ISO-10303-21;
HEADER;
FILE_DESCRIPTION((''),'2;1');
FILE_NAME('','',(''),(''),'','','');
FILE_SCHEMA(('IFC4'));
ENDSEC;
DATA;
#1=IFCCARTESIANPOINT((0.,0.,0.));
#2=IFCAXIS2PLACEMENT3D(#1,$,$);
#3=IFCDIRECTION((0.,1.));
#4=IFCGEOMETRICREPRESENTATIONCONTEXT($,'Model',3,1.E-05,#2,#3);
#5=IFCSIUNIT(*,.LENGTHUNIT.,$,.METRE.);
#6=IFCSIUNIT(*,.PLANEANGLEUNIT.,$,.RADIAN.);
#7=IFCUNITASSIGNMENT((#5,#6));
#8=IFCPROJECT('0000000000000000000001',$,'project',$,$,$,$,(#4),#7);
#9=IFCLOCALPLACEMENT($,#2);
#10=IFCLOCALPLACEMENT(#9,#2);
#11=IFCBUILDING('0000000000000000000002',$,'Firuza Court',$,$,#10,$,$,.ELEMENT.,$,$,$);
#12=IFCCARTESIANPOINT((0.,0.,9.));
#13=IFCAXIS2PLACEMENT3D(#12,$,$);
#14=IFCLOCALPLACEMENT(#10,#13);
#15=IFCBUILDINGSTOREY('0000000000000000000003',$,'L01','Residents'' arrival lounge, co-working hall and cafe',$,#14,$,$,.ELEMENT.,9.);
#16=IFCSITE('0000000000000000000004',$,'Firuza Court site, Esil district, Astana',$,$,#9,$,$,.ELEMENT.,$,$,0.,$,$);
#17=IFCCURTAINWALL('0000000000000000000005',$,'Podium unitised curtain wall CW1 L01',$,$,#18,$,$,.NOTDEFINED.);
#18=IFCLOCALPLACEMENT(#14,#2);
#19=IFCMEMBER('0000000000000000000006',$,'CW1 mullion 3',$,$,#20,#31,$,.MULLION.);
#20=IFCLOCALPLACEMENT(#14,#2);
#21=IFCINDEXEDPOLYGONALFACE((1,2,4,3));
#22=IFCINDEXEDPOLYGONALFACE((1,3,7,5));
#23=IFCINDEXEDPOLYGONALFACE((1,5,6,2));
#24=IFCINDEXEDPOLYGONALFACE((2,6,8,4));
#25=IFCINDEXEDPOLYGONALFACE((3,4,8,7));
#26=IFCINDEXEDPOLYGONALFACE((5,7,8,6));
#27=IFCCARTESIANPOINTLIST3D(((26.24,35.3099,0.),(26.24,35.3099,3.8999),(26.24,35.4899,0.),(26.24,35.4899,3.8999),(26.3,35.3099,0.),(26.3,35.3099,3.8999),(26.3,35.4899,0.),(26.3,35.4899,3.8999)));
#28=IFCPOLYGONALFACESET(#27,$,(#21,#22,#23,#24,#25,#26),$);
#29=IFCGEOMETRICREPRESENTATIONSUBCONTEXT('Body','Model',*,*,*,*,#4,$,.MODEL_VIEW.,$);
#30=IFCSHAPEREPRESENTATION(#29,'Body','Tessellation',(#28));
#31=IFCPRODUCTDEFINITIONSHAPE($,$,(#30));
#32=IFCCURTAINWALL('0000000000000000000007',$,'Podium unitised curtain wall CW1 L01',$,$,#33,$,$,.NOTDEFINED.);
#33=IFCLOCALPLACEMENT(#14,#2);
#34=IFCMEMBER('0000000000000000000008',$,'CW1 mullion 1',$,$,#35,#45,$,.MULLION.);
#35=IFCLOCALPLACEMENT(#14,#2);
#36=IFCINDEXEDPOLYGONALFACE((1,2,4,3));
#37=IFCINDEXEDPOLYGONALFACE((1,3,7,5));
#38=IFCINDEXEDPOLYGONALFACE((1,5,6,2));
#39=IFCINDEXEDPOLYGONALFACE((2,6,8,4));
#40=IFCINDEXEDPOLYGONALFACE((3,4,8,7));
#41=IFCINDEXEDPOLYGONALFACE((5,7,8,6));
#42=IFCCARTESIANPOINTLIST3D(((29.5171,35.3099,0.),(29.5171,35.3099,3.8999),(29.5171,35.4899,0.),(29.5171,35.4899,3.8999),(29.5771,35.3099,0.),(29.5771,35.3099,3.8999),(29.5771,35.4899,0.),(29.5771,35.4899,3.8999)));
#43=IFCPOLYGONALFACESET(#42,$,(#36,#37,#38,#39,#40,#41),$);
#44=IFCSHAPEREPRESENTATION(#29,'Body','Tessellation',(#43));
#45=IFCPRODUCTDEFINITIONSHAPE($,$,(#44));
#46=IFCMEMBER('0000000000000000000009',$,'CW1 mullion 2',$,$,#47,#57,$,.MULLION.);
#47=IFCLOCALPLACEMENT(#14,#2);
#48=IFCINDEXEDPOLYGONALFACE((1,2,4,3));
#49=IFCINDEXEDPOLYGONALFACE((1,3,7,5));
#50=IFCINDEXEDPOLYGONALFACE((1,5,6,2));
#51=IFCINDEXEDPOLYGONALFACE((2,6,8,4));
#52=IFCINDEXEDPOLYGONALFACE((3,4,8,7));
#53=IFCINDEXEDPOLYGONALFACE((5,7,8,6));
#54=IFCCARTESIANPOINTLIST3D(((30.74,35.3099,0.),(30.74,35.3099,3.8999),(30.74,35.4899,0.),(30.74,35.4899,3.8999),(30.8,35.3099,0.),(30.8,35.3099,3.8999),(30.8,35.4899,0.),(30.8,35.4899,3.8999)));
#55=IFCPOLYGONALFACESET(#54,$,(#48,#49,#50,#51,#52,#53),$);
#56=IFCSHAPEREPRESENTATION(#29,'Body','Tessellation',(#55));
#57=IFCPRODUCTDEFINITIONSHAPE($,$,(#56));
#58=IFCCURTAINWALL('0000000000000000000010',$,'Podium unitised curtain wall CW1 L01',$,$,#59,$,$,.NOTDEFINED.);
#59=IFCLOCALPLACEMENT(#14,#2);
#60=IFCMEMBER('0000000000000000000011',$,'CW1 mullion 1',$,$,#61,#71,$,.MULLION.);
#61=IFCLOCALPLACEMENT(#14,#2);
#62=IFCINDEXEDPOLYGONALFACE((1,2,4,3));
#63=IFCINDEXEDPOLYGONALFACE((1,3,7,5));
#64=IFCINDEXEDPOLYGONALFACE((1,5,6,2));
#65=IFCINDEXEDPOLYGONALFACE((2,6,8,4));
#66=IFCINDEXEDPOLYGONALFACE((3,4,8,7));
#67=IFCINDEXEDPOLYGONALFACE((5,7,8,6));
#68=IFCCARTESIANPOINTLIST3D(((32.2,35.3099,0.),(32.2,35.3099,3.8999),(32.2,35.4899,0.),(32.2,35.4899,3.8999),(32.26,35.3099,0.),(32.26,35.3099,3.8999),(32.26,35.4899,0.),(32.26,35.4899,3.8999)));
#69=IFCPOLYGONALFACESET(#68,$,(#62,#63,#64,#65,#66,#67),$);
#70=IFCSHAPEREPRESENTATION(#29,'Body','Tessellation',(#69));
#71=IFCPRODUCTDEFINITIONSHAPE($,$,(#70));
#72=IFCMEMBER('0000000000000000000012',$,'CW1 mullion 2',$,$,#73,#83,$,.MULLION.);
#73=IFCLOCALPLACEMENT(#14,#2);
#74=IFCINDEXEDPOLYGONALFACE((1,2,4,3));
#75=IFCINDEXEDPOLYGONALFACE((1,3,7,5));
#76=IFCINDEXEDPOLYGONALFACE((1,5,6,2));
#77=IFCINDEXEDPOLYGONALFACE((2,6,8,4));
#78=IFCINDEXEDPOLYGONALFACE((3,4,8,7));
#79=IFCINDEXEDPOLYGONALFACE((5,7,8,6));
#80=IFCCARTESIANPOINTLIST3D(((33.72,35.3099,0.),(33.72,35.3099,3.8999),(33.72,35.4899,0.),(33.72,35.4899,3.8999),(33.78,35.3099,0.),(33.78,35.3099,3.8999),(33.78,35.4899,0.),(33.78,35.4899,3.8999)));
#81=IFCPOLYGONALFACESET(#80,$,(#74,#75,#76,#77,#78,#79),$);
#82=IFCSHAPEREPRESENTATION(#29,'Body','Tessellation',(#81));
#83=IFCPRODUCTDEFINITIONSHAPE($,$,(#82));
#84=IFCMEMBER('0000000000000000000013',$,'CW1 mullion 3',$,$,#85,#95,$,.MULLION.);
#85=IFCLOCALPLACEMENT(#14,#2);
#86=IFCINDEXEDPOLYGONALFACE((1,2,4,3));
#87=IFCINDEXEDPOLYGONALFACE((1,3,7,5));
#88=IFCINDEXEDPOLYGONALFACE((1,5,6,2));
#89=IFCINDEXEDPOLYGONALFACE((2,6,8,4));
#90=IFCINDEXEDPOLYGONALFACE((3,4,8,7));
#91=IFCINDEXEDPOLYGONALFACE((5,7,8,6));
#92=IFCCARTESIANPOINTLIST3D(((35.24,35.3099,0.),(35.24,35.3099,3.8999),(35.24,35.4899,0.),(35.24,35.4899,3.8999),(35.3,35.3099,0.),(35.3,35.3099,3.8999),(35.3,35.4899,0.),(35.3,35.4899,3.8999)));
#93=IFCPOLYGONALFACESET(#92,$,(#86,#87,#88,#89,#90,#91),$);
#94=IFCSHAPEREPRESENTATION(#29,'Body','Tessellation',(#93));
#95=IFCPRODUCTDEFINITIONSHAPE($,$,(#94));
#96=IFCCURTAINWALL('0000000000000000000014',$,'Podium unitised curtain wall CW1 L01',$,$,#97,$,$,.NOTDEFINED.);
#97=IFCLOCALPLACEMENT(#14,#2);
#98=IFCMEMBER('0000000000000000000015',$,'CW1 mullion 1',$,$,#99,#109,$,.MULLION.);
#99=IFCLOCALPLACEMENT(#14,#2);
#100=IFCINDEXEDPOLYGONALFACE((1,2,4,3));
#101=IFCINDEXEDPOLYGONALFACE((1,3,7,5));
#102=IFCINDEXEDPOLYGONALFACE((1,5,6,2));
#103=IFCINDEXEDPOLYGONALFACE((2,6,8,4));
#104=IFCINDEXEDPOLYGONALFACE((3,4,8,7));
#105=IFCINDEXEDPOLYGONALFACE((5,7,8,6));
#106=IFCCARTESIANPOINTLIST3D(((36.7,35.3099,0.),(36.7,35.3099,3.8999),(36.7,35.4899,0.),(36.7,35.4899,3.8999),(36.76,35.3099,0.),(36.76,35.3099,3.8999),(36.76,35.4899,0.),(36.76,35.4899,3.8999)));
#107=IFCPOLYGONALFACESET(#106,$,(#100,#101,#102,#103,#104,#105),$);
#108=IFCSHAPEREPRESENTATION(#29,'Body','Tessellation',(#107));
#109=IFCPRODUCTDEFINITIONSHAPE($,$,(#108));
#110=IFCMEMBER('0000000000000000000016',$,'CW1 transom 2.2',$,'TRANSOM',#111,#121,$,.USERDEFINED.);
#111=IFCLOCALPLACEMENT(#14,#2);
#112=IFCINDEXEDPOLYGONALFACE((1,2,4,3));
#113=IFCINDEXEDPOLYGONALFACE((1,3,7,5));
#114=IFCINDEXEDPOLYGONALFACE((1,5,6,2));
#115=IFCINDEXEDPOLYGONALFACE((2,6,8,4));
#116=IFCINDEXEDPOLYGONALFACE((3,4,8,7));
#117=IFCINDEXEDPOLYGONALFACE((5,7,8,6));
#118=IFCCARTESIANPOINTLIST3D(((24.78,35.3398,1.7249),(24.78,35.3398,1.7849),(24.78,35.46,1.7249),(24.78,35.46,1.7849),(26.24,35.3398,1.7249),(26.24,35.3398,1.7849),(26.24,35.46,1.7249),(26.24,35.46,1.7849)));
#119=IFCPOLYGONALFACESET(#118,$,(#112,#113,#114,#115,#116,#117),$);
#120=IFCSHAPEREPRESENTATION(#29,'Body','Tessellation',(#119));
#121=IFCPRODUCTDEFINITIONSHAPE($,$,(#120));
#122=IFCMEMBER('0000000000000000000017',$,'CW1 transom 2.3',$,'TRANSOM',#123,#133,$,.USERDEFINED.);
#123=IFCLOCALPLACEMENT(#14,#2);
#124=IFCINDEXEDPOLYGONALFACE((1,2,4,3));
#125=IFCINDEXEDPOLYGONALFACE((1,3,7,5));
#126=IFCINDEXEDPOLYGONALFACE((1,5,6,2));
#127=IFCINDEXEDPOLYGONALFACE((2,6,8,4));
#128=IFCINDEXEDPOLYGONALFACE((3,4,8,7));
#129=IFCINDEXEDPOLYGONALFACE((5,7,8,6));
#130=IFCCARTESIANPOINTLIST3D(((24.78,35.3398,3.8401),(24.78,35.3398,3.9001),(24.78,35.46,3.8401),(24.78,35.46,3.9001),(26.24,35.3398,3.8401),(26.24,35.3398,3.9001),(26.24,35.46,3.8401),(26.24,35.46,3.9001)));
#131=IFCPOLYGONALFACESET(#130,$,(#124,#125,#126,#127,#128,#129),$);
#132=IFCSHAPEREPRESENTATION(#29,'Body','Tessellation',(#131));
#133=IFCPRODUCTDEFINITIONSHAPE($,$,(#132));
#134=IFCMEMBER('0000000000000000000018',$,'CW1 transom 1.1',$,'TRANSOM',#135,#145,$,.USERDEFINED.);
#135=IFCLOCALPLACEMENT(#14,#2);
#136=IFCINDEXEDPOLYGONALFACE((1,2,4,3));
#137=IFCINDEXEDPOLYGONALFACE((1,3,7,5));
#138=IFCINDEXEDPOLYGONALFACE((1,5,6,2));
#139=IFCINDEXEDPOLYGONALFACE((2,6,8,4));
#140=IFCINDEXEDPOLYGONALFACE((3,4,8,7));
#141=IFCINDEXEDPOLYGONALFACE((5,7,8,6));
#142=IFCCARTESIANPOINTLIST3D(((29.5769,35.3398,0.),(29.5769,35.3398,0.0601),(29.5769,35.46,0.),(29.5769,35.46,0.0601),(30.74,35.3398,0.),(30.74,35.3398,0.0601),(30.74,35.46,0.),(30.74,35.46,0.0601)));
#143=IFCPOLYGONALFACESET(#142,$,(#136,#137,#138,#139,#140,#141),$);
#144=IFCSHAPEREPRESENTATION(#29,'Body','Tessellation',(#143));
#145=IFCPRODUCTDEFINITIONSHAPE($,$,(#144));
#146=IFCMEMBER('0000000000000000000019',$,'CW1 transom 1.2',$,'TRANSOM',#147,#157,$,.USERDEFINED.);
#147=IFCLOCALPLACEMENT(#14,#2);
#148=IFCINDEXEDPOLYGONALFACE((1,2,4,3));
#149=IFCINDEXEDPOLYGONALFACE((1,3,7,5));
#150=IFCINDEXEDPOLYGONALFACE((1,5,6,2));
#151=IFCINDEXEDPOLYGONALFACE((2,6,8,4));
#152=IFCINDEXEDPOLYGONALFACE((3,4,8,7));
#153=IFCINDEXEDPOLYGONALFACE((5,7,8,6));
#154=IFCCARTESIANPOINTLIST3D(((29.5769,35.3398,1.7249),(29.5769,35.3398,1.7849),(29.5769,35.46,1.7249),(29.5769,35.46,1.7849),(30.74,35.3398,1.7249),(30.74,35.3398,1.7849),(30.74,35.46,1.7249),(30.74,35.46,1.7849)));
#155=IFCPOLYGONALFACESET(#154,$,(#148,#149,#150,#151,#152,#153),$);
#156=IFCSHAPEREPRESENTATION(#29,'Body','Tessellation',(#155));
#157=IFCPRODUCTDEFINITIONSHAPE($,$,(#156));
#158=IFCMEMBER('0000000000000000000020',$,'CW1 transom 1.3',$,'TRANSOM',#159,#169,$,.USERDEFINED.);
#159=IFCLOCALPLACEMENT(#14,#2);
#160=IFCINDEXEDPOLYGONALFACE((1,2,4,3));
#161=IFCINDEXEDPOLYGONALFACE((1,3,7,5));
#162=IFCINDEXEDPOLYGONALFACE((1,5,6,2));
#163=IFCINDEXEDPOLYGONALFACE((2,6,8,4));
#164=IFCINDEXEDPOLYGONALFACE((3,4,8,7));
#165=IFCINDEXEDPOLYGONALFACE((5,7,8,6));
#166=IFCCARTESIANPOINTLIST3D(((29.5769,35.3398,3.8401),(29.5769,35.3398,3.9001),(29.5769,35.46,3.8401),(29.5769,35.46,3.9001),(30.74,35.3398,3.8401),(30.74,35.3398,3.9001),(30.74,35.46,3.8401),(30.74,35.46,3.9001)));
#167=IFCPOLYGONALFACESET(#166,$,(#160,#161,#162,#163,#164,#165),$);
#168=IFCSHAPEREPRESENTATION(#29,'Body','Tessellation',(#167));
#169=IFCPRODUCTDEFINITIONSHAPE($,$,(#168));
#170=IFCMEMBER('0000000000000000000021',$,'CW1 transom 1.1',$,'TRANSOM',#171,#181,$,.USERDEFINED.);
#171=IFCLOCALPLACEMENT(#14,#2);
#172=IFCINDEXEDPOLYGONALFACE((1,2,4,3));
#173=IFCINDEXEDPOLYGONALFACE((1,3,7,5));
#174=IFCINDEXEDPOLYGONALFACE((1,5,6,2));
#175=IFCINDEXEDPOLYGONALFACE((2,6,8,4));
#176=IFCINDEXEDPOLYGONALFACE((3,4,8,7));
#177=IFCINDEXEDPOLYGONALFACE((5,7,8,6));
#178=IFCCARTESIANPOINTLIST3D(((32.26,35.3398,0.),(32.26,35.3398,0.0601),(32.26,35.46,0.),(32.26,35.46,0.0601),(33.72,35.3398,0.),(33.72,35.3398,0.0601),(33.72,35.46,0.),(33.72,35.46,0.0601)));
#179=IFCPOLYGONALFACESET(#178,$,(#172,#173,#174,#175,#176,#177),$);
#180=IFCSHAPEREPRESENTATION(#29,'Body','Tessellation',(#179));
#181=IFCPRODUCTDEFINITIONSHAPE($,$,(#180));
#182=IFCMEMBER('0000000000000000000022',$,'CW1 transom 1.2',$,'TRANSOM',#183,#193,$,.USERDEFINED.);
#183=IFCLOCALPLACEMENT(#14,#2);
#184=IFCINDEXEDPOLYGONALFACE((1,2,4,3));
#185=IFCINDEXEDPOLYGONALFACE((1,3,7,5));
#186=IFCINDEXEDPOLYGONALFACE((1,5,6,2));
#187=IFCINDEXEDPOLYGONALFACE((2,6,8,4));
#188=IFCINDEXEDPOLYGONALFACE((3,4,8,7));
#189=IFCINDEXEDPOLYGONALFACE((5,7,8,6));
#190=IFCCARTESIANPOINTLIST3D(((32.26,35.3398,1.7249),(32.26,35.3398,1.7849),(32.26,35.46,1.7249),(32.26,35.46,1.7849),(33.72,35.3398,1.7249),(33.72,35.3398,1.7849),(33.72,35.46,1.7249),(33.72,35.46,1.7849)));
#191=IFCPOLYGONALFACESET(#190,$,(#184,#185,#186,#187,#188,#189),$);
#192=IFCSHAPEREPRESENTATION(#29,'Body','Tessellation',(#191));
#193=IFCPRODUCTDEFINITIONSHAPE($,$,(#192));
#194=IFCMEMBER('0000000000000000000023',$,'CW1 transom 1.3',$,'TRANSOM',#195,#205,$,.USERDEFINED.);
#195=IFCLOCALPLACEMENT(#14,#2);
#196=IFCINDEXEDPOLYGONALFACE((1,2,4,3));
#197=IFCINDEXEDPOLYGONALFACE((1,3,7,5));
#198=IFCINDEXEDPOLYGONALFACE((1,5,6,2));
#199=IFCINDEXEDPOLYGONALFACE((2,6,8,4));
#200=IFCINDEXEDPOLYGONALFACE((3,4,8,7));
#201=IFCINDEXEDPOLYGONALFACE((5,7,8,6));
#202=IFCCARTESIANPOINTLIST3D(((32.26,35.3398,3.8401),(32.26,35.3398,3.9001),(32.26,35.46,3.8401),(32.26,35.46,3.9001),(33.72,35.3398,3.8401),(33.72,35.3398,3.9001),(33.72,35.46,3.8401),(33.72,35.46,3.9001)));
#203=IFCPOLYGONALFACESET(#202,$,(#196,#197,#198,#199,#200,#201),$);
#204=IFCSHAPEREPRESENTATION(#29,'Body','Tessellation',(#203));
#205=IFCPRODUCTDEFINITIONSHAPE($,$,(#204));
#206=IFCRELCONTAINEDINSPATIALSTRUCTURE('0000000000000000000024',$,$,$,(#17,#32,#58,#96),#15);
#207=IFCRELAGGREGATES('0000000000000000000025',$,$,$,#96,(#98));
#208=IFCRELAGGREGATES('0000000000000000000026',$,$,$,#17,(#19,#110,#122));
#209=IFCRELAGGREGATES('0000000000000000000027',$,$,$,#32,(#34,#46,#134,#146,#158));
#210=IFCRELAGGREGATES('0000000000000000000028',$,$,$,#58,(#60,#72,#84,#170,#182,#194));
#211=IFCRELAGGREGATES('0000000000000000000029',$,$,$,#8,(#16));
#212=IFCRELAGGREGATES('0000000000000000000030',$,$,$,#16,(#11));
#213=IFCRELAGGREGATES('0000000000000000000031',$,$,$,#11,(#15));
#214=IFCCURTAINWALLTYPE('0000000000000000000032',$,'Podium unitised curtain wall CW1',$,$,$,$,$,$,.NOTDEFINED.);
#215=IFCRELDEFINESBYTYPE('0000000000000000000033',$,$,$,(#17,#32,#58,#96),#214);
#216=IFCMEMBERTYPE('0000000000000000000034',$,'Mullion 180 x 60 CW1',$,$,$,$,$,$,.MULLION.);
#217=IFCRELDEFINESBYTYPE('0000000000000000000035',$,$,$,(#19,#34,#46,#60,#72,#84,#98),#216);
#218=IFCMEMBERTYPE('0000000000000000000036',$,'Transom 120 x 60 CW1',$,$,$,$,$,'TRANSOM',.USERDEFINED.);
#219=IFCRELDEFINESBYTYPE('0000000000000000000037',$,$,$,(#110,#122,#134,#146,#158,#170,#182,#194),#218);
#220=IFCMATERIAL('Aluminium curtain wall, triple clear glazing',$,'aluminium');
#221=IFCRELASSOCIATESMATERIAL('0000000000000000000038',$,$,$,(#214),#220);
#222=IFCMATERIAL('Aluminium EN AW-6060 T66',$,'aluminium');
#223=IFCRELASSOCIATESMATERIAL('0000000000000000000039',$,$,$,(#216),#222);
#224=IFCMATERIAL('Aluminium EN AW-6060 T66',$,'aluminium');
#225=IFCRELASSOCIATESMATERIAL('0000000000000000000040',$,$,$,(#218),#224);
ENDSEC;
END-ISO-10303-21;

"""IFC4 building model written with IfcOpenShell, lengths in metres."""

from ifc_helpers import new_model, si_unit, direction, frame, origin, origin_2d, place, context, subcontext, project, spatial, rectangle, extrude, material, material_profile, profile_set, type_object, element, aggregate, save


model = new_model("IFC4")

# Units and contexts
model_context = context("Model", 3, precision=1e-05, world=origin(), true_north=direction((0.0, 1.0)))
body_context = subcontext(model_context, "Body", "Model", "MODEL_VIEW")
ifc_project = project(units=[si_unit("LENGTHUNIT", "METRE"), si_unit("PLANEANGLEUNIT", "RADIAN")], contexts=[model_context])

# Site, building, storey
site_placement = place(None, origin())
site = spatial("IfcSite", under=ifc_project, at=site_placement, Name="Firuza Court site, Esil district, Astana", CompositionType="ELEMENT", RefElevation=0.0)
building_placement = place(site_placement, origin())
building = spatial("IfcBuilding", under=site, at=building_placement, Name="Firuza Court", CompositionType="ELEMENT")
storey_placement = place(building_placement, frame((0.0, 0.0, 9.0)))
storey = spatial("IfcBuildingStorey", under=building, at=storey_placement, Name="L01", Description="Residents' arrival lounge, co-working hall and cafe", CompositionType="ELEMENT", Elevation=9.0)

# Curtain wall, member
ifc_material_1 = material(Name="Aluminium curtain wall, triple clear glazing", Category="aluminium")
curtain_wall_type = type_object("IfcCurtainWallType", Name="Podium unitised curtain wall CW1", PredefinedType="NOTDEFINED", material=ifc_material_1)
curtain_wall_1_placement = place(storey_placement, origin())
curtain_wall_1 = element("IfcCurtainWall", 1, at=curtain_wall_1_placement, inside=storey, type_object=curtain_wall_type, Name="Podium unitised curtain wall CW1 L01", PredefinedType="NOTDEFINED")
ifc_material_2 = material(Name="Aluminium EN AW-6060 T66", Category="aluminium")
ifc_material_profile_1 = material_profile(ifc_material_2, rectangle(XDim=0.1799, YDim=0.0601, at=origin_2d()), Name="Mullion 180 x 60 CW1")
ifc_profile_set_1 = profile_set([ifc_material_profile_1], Name="Aluminium EN AW-6060 T66")
member_type_1 = type_object("IfcMemberType", Name="Mullion 180 x 60 CW1", PredefinedType="MULLION", material=ifc_profile_set_1)
member_1_placement = place(storey_placement, frame((26.27, 35.3999, 0.0), z_axis=(0.0, 0.0, 1.0), x_axis=(0.0, 1.0, 0.0)))
member_1 = element("IfcMember", 2, at=member_1_placement, type_object=member_type_1, Name="CW1 mullion 3", PredefinedType="MULLION", context=body_context, shape_type="SweptSolid", body=[
    extrude(rectangle(XDim=0.1799, YDim=0.0601, at=origin_2d()), origin(), (0.0, 0.0, 1.0), 3.8999),
])

# Curtain walls, members
curtain_wall_2_placement = place(storey_placement, origin())
curtain_wall_2 = element("IfcCurtainWall", 3, at=curtain_wall_2_placement, inside=storey, type_object=curtain_wall_type, Name="Podium unitised curtain wall CW1 L01", PredefinedType="NOTDEFINED")
member_2_placement = place(storey_placement, frame((29.5471, 35.3999, 0.0), z_axis=(0.0, 0.0, 1.0), x_axis=(0.0, 1.0, 0.0)))
member_2 = element("IfcMember", 4, at=member_2_placement, type_object=member_type_1, Name="CW1 mullion 1", PredefinedType="MULLION", context=body_context, shape_type="SweptSolid", body=[
    extrude(rectangle(XDim=0.1799, YDim=0.0601, at=origin_2d()), origin(), (0.0, 0.0, 1.0), 3.8999),
])
member_3_placement = place(storey_placement, frame((30.77, 35.3999, 0.0), z_axis=(0.0, 0.0, 1.0), x_axis=(0.0, 1.0, 0.0)))
member_3 = element("IfcMember", 5, at=member_3_placement, type_object=member_type_1, Name="CW1 mullion 2", PredefinedType="MULLION", context=body_context, shape_type="SweptSolid", body=[
    extrude(rectangle(XDim=0.1799, YDim=0.0601, at=origin_2d()), origin(), (0.0, 0.0, 1.0), 3.8999),
])
curtain_wall_3_placement = place(storey_placement, origin())
curtain_wall_3 = element("IfcCurtainWall", 6, at=curtain_wall_3_placement, inside=storey, type_object=curtain_wall_type, Name="Podium unitised curtain wall CW1 L01", PredefinedType="NOTDEFINED")
member_4_placement = place(storey_placement, frame((32.23, 35.3999, 0.0), z_axis=(0.0, 0.0, 1.0), x_axis=(0.0, 1.0, 0.0)))
member_4 = element("IfcMember", 7, at=member_4_placement, type_object=member_type_1, Name="CW1 mullion 1", PredefinedType="MULLION", context=body_context, shape_type="SweptSolid", body=[
    extrude(rectangle(XDim=0.1799, YDim=0.0601, at=origin_2d()), origin(), (0.0, 0.0, 1.0), 3.8999),
])
member_5_placement = place(storey_placement, frame((33.75, 35.3999, 0.0), z_axis=(0.0, 0.0, 1.0), x_axis=(0.0, 1.0, 0.0)))
member_5 = element("IfcMember", 8, at=member_5_placement, type_object=member_type_1, Name="CW1 mullion 2", PredefinedType="MULLION", context=body_context, shape_type="SweptSolid", body=[
    extrude(rectangle(XDim=0.1799, YDim=0.0601, at=origin_2d()), origin(), (0.0, 0.0, 1.0), 3.8999),
])
member_6_placement = place(storey_placement, frame((35.27, 35.3999, 0.0), z_axis=(0.0, 0.0, 1.0), x_axis=(0.0, 1.0, 0.0)))
member_6 = element("IfcMember", 9, at=member_6_placement, type_object=member_type_1, Name="CW1 mullion 3", PredefinedType="MULLION", context=body_context, shape_type="SweptSolid", body=[
    extrude(rectangle(XDim=0.1799, YDim=0.0601, at=origin_2d()), origin(), (0.0, 0.0, 1.0), 3.8999),
])

# Curtain wall, member
curtain_wall_4_placement = place(storey_placement, origin())
curtain_wall_4 = element("IfcCurtainWall", 10, at=curtain_wall_4_placement, inside=storey, type_object=curtain_wall_type, Name="Podium unitised curtain wall CW1 L01", PredefinedType="NOTDEFINED")
member_7_placement = place(storey_placement, frame((36.73, 35.3999, 0.0), z_axis=(0.0, 0.0, 1.0), x_axis=(0.0, 1.0, 0.0)))
member_7 = element("IfcMember", 11, at=member_7_placement, type_object=member_type_1, Name="CW1 mullion 1", PredefinedType="MULLION", context=body_context, shape_type="SweptSolid", body=[
    extrude(rectangle(XDim=0.1799, YDim=0.0601, at=origin_2d()), origin(), (0.0, 0.0, 1.0), 3.8999),
])
aggregate(curtain_wall_4, [member_7])

# Members
ifc_material_3 = material(Name="Aluminium EN AW-6060 T66", Category="aluminium")
ifc_material_profile_2 = material_profile(ifc_material_3, rectangle(XDim=0.1201, YDim=0.0601, at=origin_2d()), Name="Transom 120 x 60 CW1")
ifc_profile_set_2 = profile_set([ifc_material_profile_2], Name="Aluminium EN AW-6060 T66")
member_type_2 = type_object("IfcMemberType", Name="Transom 120 x 60 CW1", ElementType="TRANSOM", PredefinedType="USERDEFINED", material=ifc_profile_set_2)
member_8_placement = place(storey_placement, frame((24.78, 35.3999, 1.7549), z_axis=(1.0, 0.0, 0.0), x_axis=(0.0, 1.0, 0.0)))
member_8 = element("IfcMember", 12, at=member_8_placement, type_object=member_type_2, Name="CW1 transom 2.2", ObjectType="TRANSOM", PredefinedType="USERDEFINED", context=body_context, shape_type="SweptSolid", body=[
    extrude(rectangle(XDim=0.1201, YDim=0.0601, at=origin_2d()), origin(), (0.0, 0.0, 1.0), 1.46),
])
member_9_placement = place(storey_placement, frame((24.78, 35.3999, 3.8701), z_axis=(1.0, 0.0, 0.0), x_axis=(0.0, 1.0, 0.0)))
member_9 = element("IfcMember", 13, at=member_9_placement, type_object=member_type_2, Name="CW1 transom 2.3", ObjectType="TRANSOM", PredefinedType="USERDEFINED", context=body_context, shape_type="SweptSolid", body=[
    extrude(rectangle(XDim=0.1201, YDim=0.0601, at=origin_2d()), origin(), (0.0, 0.0, 1.0), 1.46),
])
member_10_placement = place(storey_placement, frame((29.5769, 35.3999, 0.03), z_axis=(1.0, 0.0, 0.0), x_axis=(0.0, 1.0, 0.0)))
member_10 = element("IfcMember", 14, at=member_10_placement, type_object=member_type_2, Name="CW1 transom 1.1", ObjectType="TRANSOM", PredefinedType="USERDEFINED", context=body_context, shape_type="SweptSolid", body=[
    extrude(rectangle(XDim=0.1201, YDim=0.0601, at=origin_2d()), origin(), (0.0, 0.0, 1.0), 1.1631),
])
member_11_placement = place(storey_placement, frame((29.5769, 35.3999, 1.7549), z_axis=(1.0, 0.0, 0.0), x_axis=(0.0, 1.0, 0.0)))
member_11 = element("IfcMember", 15, at=member_11_placement, type_object=member_type_2, Name="CW1 transom 1.2", ObjectType="TRANSOM", PredefinedType="USERDEFINED", context=body_context, shape_type="SweptSolid", body=[
    extrude(rectangle(XDim=0.1201, YDim=0.0601, at=origin_2d()), origin(), (0.0, 0.0, 1.0), 1.1631),
])
member_12_placement = place(storey_placement, frame((29.5769, 35.3999, 3.8701), z_axis=(1.0, 0.0, 0.0), x_axis=(0.0, 1.0, 0.0)))
member_12 = element("IfcMember", 16, at=member_12_placement, type_object=member_type_2, Name="CW1 transom 1.3", ObjectType="TRANSOM", PredefinedType="USERDEFINED", context=body_context, shape_type="SweptSolid", body=[
    extrude(rectangle(XDim=0.1201, YDim=0.0601, at=origin_2d()), origin(), (0.0, 0.0, 1.0), 1.1631),
])
member_13_placement = place(storey_placement, frame((32.26, 35.3999, 0.03), z_axis=(1.0, 0.0, 0.0), x_axis=(0.0, 1.0, 0.0)))
member_13 = element("IfcMember", 17, at=member_13_placement, type_object=member_type_2, Name="CW1 transom 1.1", ObjectType="TRANSOM", PredefinedType="USERDEFINED", context=body_context, shape_type="SweptSolid", body=[
    extrude(rectangle(XDim=0.1201, YDim=0.0601, at=origin_2d()), origin(), (0.0, 0.0, 1.0), 1.46),
])
member_14_placement = place(storey_placement, frame((32.26, 35.3999, 1.7549), z_axis=(1.0, 0.0, 0.0), x_axis=(0.0, 1.0, 0.0)))
member_14 = element("IfcMember", 18, at=member_14_placement, type_object=member_type_2, Name="CW1 transom 1.2", ObjectType="TRANSOM", PredefinedType="USERDEFINED", context=body_context, shape_type="SweptSolid", body=[
    extrude(rectangle(XDim=0.1201, YDim=0.0601, at=origin_2d()), origin(), (0.0, 0.0, 1.0), 1.46),
])
member_15_placement = place(storey_placement, frame((32.26, 35.3999, 3.8701), z_axis=(1.0, 0.0, 0.0), x_axis=(0.0, 1.0, 0.0)))
member_15 = element("IfcMember", 19, at=member_15_placement, type_object=member_type_2, Name="CW1 transom 1.3", ObjectType="TRANSOM", PredefinedType="USERDEFINED", context=body_context, shape_type="SweptSolid", body=[
    extrude(rectangle(XDim=0.1201, YDim=0.0601, at=origin_2d()), origin(), (0.0, 0.0, 1.0), 1.46),
])

aggregate(curtain_wall_1, [member_1, member_8, member_9])
aggregate(curtain_wall_2, [member_2, member_3, member_10, member_11, member_12])
aggregate(curtain_wall_3, [member_4, member_5, member_6, member_13, member_14, member_15])

save(model, "model.ifc")
